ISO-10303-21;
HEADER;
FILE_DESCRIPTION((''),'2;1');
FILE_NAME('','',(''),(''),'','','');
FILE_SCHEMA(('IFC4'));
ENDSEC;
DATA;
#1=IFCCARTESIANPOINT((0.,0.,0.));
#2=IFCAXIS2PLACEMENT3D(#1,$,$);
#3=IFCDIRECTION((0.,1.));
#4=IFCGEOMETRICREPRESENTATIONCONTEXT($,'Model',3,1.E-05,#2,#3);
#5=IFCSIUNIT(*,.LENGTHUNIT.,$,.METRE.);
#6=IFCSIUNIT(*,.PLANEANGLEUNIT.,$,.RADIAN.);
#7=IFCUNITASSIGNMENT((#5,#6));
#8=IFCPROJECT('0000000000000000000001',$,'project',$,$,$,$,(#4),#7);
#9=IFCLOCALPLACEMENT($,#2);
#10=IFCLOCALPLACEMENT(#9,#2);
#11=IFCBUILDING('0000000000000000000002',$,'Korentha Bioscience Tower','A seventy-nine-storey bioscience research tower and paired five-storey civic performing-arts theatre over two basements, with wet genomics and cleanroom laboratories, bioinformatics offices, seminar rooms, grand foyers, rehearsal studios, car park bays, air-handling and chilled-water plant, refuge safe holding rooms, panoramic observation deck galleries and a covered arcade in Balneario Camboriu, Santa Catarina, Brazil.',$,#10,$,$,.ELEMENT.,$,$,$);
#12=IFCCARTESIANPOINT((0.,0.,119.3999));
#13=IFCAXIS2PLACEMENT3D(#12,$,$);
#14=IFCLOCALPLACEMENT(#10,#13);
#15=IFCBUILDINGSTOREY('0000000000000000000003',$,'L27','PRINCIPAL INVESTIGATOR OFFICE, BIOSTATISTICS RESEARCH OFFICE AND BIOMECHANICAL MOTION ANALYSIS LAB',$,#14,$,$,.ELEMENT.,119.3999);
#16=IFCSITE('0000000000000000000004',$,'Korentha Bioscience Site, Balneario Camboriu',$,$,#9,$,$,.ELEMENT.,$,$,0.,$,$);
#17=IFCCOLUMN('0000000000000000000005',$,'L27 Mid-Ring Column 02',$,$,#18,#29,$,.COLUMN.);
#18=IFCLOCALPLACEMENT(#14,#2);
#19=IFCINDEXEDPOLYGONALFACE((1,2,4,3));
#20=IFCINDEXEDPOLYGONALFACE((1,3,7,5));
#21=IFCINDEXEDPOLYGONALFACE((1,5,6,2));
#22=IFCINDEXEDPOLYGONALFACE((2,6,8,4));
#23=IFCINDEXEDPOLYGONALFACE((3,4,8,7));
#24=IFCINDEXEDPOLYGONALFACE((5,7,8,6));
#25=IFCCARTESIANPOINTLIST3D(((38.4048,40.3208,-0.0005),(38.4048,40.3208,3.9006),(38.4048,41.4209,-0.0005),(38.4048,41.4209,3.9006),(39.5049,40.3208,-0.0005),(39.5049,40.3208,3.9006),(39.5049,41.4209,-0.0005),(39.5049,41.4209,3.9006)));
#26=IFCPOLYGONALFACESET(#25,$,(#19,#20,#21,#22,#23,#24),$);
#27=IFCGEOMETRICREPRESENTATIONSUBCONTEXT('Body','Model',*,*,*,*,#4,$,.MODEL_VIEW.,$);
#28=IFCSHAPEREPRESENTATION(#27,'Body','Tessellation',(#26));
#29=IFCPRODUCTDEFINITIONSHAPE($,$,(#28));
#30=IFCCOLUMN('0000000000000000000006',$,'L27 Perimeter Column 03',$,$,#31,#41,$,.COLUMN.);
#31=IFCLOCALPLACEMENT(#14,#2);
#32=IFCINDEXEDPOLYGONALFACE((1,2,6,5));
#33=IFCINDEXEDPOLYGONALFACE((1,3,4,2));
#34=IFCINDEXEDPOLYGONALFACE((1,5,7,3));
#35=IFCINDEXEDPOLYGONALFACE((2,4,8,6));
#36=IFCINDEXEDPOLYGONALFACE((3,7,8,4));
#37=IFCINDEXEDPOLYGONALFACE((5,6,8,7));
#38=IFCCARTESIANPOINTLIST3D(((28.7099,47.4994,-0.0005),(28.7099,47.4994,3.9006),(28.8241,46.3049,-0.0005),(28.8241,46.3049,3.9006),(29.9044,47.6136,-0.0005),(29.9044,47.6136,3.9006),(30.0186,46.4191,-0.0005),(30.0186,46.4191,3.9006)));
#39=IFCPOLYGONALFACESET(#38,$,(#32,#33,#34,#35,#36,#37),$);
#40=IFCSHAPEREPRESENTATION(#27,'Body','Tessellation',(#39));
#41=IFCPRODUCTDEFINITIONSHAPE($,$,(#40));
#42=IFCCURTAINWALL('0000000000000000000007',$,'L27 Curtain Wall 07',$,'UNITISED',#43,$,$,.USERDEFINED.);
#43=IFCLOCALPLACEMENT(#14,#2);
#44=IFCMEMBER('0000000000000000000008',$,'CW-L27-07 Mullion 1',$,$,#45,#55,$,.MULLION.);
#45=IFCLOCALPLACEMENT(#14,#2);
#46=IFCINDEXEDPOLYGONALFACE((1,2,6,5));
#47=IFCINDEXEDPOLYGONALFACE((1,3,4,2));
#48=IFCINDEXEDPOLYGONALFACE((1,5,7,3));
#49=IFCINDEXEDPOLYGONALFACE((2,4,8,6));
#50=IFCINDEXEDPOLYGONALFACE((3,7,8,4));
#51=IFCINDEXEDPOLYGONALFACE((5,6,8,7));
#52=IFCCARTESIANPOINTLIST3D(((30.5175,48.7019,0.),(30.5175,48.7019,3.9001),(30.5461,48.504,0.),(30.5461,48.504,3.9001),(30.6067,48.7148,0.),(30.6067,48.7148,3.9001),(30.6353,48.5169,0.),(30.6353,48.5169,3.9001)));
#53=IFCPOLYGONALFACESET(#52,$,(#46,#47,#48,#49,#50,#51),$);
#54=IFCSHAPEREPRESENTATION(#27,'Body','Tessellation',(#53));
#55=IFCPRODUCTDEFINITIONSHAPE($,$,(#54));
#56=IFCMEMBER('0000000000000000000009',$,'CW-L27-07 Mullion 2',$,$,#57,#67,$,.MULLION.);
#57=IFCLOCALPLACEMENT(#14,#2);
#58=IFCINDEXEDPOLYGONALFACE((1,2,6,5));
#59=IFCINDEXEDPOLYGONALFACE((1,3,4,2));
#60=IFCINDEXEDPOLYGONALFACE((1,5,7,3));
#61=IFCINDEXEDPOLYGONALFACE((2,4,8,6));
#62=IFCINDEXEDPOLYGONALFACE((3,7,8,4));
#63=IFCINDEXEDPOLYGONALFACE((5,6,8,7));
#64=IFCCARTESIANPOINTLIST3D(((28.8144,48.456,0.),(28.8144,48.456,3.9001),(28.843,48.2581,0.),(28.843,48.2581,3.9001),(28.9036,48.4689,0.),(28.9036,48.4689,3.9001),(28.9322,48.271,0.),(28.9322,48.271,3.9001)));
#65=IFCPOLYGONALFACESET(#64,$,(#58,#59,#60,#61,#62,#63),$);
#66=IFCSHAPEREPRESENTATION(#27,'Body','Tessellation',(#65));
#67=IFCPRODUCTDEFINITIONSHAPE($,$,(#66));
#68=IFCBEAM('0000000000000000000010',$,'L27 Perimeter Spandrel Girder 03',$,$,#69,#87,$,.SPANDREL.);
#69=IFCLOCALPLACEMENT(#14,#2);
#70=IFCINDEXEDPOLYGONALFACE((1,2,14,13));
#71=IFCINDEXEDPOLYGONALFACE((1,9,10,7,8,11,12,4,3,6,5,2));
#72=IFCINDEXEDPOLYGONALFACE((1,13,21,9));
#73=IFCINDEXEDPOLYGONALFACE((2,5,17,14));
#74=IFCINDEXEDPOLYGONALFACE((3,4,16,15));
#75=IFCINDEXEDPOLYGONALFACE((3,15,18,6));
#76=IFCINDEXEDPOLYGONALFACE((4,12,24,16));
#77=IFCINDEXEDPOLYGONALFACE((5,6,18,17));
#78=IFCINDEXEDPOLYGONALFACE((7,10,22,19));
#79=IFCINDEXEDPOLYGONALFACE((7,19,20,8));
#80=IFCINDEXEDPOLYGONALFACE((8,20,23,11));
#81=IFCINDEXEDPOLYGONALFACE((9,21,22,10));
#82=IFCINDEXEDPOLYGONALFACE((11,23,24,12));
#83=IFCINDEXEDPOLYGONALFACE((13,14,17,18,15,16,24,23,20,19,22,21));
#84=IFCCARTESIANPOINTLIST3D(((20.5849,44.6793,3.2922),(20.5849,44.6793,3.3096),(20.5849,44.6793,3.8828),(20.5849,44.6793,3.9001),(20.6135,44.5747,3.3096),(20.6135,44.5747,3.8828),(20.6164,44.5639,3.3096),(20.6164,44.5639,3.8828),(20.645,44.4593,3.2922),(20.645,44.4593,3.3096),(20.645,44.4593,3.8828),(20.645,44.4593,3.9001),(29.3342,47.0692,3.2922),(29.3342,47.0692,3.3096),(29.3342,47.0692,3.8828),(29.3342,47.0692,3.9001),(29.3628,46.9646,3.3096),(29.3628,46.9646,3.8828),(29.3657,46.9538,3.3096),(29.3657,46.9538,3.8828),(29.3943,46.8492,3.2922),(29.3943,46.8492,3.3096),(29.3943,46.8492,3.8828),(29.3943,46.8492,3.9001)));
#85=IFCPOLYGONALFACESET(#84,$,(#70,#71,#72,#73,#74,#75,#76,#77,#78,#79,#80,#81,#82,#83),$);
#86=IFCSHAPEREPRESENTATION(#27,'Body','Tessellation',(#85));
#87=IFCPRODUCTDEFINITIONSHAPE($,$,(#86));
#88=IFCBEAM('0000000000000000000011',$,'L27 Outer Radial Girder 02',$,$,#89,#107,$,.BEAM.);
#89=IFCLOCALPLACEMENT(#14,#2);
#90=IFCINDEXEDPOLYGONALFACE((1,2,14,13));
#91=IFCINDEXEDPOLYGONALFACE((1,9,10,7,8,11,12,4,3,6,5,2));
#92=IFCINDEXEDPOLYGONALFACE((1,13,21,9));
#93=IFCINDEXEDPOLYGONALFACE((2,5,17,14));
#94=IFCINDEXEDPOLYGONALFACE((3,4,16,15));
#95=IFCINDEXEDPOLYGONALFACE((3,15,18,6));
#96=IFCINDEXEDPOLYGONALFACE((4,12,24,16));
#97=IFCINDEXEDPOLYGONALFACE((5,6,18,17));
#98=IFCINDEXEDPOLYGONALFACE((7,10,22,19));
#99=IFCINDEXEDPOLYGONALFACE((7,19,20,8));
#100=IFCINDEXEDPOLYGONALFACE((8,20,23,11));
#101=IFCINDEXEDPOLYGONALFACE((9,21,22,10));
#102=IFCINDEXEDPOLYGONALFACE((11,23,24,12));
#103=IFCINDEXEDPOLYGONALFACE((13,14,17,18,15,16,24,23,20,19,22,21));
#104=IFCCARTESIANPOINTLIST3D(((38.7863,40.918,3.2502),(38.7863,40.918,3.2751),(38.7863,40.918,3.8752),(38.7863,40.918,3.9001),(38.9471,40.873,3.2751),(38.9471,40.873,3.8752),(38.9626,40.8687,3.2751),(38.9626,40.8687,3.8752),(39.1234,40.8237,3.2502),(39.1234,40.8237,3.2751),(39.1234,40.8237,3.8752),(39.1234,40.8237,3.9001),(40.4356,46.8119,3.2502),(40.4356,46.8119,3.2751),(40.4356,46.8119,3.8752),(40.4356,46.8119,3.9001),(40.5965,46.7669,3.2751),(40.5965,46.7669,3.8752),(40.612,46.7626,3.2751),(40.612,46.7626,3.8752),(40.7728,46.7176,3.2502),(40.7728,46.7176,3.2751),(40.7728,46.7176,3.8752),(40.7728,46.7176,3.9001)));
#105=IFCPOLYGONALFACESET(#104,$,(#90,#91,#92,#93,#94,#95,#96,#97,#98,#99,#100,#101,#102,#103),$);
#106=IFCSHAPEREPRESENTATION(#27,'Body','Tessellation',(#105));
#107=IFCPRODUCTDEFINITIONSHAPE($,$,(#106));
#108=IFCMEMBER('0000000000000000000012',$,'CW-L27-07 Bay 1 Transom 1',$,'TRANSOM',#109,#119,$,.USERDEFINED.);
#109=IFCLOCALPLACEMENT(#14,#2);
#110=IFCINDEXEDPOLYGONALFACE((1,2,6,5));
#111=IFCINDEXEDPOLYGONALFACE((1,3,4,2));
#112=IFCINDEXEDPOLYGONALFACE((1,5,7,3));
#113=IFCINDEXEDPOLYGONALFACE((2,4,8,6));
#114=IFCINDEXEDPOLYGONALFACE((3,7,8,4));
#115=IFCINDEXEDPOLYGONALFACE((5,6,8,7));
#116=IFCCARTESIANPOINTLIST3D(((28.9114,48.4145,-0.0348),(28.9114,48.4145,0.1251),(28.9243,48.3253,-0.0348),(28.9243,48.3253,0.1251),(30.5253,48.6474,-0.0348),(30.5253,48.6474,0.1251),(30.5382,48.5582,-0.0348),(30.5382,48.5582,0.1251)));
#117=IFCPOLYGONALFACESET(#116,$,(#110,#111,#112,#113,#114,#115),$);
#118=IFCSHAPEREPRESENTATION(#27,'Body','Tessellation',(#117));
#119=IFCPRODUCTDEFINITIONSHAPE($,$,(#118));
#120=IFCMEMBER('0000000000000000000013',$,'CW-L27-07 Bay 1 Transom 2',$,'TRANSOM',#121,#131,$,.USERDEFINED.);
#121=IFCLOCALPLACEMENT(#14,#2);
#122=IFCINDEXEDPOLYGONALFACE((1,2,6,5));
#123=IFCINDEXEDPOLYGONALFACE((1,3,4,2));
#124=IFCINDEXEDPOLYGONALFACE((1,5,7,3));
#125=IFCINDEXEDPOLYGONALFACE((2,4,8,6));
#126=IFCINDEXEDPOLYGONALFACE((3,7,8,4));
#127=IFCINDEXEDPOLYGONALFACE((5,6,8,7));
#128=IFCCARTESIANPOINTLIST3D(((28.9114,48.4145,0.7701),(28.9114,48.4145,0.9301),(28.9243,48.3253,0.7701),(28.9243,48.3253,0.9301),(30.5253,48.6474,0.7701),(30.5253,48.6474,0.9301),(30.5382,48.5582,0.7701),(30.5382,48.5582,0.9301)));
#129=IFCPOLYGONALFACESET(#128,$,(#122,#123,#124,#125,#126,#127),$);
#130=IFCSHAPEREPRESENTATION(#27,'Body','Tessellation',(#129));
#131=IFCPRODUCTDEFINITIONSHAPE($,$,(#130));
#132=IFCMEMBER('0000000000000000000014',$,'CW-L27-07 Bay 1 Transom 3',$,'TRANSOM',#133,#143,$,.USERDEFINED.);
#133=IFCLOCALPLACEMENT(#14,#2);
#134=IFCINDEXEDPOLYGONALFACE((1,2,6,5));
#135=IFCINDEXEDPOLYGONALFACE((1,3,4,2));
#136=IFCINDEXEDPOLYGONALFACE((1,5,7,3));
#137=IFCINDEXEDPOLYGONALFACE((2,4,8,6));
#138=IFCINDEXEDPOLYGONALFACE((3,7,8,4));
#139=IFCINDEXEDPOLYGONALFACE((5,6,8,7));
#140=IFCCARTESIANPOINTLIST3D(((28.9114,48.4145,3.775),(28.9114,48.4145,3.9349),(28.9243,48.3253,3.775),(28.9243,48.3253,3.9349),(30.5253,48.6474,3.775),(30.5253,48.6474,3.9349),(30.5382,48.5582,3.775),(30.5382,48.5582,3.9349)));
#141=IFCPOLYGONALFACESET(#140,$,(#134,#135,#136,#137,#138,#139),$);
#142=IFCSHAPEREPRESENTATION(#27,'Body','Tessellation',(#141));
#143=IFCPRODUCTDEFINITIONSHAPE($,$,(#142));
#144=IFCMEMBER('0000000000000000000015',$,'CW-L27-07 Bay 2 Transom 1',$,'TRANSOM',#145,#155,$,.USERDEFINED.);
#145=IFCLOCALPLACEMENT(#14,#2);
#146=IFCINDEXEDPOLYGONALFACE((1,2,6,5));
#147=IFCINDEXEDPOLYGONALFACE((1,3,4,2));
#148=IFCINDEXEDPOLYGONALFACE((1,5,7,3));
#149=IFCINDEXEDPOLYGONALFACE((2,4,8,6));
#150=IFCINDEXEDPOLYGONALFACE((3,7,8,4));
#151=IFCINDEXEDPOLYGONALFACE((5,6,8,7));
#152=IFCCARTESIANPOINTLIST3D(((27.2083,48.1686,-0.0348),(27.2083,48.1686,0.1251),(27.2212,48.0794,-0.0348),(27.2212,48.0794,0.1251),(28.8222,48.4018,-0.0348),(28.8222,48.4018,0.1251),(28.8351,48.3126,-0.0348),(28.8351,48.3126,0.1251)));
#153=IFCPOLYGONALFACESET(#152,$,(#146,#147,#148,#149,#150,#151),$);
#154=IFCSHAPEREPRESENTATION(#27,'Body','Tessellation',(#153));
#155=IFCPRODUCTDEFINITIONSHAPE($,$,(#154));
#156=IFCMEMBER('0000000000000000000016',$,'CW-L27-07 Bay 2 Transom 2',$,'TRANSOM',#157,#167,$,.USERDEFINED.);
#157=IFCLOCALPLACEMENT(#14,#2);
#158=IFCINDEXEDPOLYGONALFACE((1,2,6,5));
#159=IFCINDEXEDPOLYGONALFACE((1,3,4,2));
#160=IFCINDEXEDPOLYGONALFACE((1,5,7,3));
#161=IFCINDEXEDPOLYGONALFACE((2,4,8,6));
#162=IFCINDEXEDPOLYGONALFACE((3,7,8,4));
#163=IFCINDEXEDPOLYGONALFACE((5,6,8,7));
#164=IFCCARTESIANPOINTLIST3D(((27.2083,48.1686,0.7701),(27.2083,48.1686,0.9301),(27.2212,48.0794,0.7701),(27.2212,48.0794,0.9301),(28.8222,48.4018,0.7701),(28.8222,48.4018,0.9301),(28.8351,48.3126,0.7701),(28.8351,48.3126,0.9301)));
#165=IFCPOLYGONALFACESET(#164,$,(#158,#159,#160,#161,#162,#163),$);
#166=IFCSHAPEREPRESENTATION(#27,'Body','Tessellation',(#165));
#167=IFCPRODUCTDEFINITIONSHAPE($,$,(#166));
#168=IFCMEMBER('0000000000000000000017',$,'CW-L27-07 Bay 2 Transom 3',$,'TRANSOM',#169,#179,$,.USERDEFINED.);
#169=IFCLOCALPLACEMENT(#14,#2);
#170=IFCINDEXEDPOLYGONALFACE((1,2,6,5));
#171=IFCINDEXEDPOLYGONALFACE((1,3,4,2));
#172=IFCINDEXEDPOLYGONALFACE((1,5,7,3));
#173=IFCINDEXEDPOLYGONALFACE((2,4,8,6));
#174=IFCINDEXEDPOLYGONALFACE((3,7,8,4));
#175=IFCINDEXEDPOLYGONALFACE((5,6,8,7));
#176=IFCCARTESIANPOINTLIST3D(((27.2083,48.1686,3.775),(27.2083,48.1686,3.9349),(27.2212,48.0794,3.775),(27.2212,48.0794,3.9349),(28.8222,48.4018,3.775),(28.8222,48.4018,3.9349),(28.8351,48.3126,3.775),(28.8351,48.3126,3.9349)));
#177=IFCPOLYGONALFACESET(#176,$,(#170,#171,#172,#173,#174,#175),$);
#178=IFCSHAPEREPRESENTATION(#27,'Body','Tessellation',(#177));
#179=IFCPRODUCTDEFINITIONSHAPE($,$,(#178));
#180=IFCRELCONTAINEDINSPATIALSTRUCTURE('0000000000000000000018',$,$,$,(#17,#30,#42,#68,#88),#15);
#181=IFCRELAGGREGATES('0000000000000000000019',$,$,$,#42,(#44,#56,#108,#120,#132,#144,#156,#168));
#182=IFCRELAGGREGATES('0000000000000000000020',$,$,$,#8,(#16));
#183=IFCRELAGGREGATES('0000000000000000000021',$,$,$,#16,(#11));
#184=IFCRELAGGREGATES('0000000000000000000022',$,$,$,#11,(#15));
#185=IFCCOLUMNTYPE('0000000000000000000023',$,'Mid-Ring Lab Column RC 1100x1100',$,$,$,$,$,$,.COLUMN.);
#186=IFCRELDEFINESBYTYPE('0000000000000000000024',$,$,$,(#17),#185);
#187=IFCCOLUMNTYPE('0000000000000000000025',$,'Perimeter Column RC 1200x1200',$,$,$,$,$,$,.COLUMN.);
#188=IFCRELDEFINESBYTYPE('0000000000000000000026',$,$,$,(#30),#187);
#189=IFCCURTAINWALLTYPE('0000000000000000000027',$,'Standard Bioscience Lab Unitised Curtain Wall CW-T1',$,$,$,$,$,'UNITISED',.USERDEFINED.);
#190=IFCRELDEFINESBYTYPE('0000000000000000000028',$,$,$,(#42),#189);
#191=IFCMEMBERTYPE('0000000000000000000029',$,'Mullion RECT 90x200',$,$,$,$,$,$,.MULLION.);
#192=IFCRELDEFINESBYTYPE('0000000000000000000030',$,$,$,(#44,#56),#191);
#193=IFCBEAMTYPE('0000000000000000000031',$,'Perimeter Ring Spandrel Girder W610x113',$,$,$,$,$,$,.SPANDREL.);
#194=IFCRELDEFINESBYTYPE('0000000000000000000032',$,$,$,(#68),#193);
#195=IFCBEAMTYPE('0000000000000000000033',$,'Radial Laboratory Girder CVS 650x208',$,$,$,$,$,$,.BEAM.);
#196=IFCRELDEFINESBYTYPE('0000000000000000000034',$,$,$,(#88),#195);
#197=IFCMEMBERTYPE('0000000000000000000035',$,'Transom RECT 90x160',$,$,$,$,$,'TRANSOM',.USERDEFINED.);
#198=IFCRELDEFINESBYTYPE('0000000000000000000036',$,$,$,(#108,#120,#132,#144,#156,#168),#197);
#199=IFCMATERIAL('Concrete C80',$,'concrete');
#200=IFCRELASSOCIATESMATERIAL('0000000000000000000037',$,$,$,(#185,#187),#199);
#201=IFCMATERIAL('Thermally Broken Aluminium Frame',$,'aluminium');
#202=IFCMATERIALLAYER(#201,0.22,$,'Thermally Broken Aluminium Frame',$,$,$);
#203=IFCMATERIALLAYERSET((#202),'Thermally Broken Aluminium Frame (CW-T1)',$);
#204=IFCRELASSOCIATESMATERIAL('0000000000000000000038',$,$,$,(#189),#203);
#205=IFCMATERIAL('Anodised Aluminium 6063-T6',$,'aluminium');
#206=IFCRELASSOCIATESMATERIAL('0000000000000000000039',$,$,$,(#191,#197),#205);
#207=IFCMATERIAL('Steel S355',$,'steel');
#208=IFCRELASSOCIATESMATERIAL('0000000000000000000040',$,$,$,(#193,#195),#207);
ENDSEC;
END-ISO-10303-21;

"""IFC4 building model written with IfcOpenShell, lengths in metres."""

from ifc_helpers import new_model, si_unit, direction, frame, origin, origin_2d, place, context, subcontext, project, spatial, rectangle, i_section, extrude, material, layer, layer_set, material_profile, profile_set, type_object, element, aggregate, save


model = new_model("IFC4")

# Units and contexts
model_context = context("Model", 3, precision=1e-05, world=origin(), true_north=direction((0.0, 1.0)))
body_context = subcontext(model_context, "Body", "Model", "MODEL_VIEW")
ifc_project = project(units=[si_unit("LENGTHUNIT", "METRE"), si_unit("PLANEANGLEUNIT", "RADIAN")], contexts=[model_context])

# Site, building, storey
site_placement = place(None, origin())
site = spatial("IfcSite", under=ifc_project, at=site_placement, Name="Korentha Bioscience Site, Balneario Camboriu", CompositionType="ELEMENT", RefElevation=0.0)
building_placement = place(site_placement, origin())
building = spatial("IfcBuilding", under=site, at=building_placement, Name="Korentha Bioscience Tower", Description="A seventy-nine-storey bioscience research tower and paired five-storey civic performing-arts theatre over two basements, with wet genomics and cleanroom laboratories, bioinformatics offices, seminar rooms, grand foyers, rehearsal studios, car park bays, air-handling and chilled-water plant, refuge safe holding rooms, panoramic observation deck galleries and a covered arcade in Balneario Camboriu, Santa Catarina, Brazil.", CompositionType="ELEMENT")
storey_placement = place(building_placement, frame((0.0, 0.0, 119.3999)))
storey = spatial("IfcBuildingStorey", under=building, at=storey_placement, Name="L27", Description="PRINCIPAL INVESTIGATOR OFFICE, BIOSTATISTICS RESEARCH OFFICE AND BIOMECHANICAL MOTION ANALYSIS LAB", CompositionType="ELEMENT", Elevation=119.3999)

# Columns
ifc_material_1 = material(Name="Concrete C80", Category="concrete")
ifc_material_profile_1 = material_profile(ifc_material_1, rectangle(XDim=1.1001, YDim=1.1001, at=origin_2d()), Name="Concrete C80")
ifc_profile_set_1 = profile_set([ifc_material_profile_1], Name="Concrete C80 (COL-MR11)")
column_type_1 = type_object("IfcColumnType", Name="Mid-Ring Lab Column RC 1100x1100", PredefinedType="COLUMN", material=ifc_profile_set_1)
column_1_placement = place(storey_placement, frame((38.9548, 40.8708, -0.0005), z_axis=(0.0, 0.0, 1.0), x_axis=(1.0, 0.0, 0.0)))
element("IfcColumn", 1, at=column_1_placement, inside=storey, type_object=column_type_1, Name="L27 Mid-Ring Column 02", PredefinedType="COLUMN", context=body_context, shape_type="SweptSolid", body=[
    extrude(rectangle(XDim=1.1001, YDim=1.1001, at=origin_2d()), origin(), (0.0, 0.0, 1.0), 3.9011),
])
ifc_material_profile_2 = material_profile(ifc_material_1, rectangle(XDim=1.2, YDim=1.2, at=origin_2d()), Name="Concrete C80")
ifc_profile_set_2 = profile_set([ifc_material_profile_2], Name="Concrete C80 (COL-P12)")
column_type_2 = type_object("IfcColumnType", Name="Perimeter Column RC 1200x1200", PredefinedType="COLUMN", material=ifc_profile_set_2)
column_2_placement = place(storey_placement, frame((29.3643, 46.9592, -0.0005), z_axis=(0.0, 0.0, 1.0), x_axis=(0.995463, 0.095151, 0.0)))
element("IfcColumn", 2, at=column_2_placement, inside=storey, type_object=column_type_2, Name="L27 Perimeter Column 03", PredefinedType="COLUMN", context=body_context, shape_type="SweptSolid", body=[
    extrude(rectangle(XDim=1.2, YDim=1.2, at=origin_2d()), origin(), (0.0, 0.0, 1.0), 3.9011),
])

# Curtain wall, members
ifc_material_2 = material(Name="Thermally Broken Aluminium Frame", Category="aluminium")
ifc_layer_1 = layer(ifc_material_2, 0.22, Name="Thermally Broken Aluminium Frame")
ifc_layer_set_1 = layer_set([ifc_layer_1], Name="Thermally Broken Aluminium Frame (CW-T1)")
curtain_wall_type = type_object("IfcCurtainWallType", Name="Standard Bioscience Lab Unitised Curtain Wall CW-T1", ElementType="UNITISED", PredefinedType="USERDEFINED", material=ifc_layer_set_1)
curtain_wall_placement = place(storey_placement, origin())
curtain_wall = element("IfcCurtainWall", 3, at=curtain_wall_placement, inside=storey, type_object=curtain_wall_type, Name="L27 Curtain Wall 07", ObjectType="UNITISED", PredefinedType="USERDEFINED")
ifc_material_3 = material(Name="Anodised Aluminium 6063-T6", Category="aluminium")
ifc_material_profile_3 = material_profile(ifc_material_3, rectangle(XDim=0.0901, YDim=0.2, at=origin_2d()), Name="Anodised Aluminium 6063-T6")
ifc_profile_set_3 = profile_set([ifc_material_profile_3], Name="Anodised Aluminium 6063-T6 (CW-MUL)")
member_type_1 = type_object("IfcMemberType", Name="Mullion RECT 90x200", PredefinedType="MULLION", material=ifc_profile_set_3)
member_1_placement = place(storey_placement, frame((30.5764, 48.6094, 0.0), z_axis=(0.0, 0.0, 1.0), x_axis=(-0.989738, -0.142892, 0.0)))
member_1 = element("IfcMember", 4, at=member_1_placement, type_object=member_type_1, Name="CW-L27-07 Mullion 1", PredefinedType="MULLION", context=body_context, shape_type="SweptSolid", body=[
    extrude(rectangle(XDim=0.0901, YDim=0.2, at=origin_2d()), origin(), (0.0, 0.0, 1.0), 3.9001),
])
member_2_placement = place(storey_placement, frame((28.8733, 48.3635, 0.0), z_axis=(0.0, 0.0, 1.0), x_axis=(-0.989738, -0.142892, 0.0)))
member_2 = element("IfcMember", 5, at=member_2_placement, type_object=member_type_1, Name="CW-L27-07 Mullion 2", PredefinedType="MULLION", context=body_context, shape_type="SweptSolid", body=[
    extrude(rectangle(XDim=0.0901, YDim=0.2, at=origin_2d()), origin(), (0.0, 0.0, 1.0), 3.9001),
])

# Beams
ifc_material_4 = material(Name="Steel S355", Category="steel")
ifc_material_profile_4 = material_profile(ifc_material_4, i_section(OverallWidth=0.228, OverallDepth=0.6079, WebThickness=0.0112, FlangeThickness=0.0173, at=origin_2d()), Name="Steel S355")
ifc_profile_set_4 = profile_set([ifc_material_profile_4], Name="Steel S355 (SB-610)")
beam_type_1 = type_object("IfcBeamType", Name="Perimeter Ring Spandrel Girder W610x113", PredefinedType="SPANDREL", material=ifc_profile_set_4)
beam_1_placement = place(storey_placement, frame((29.3643, 46.9592, 3.5962), z_axis=(-0.964659, -0.2635, 0.0), x_axis=(0.2635, -0.964659, 0.0)))
element("IfcBeam", 6, at=beam_1_placement, inside=storey, type_object=beam_type_1, Name="L27 Perimeter Spandrel Girder 03", PredefinedType="SPANDREL", context=body_context, shape_type="SweptSolid", body=[
    extrude(i_section(OverallWidth=0.228, OverallDepth=0.6079, WebThickness=0.0112, FlangeThickness=0.0173, at=origin_2d()), origin(), (0.0, 0.0, 1.0), 9.0698),
])
ifc_material_profile_5 = material_profile(ifc_material_4, i_section(OverallWidth=0.3501, OverallDepth=0.6499, WebThickness=0.0161, FlangeThickness=0.0249, at=origin_2d()), Name="Steel S355")
ifc_profile_set_5 = profile_set([ifc_material_profile_5], Name="Steel S355 (RB-650)")
beam_type_2 = type_object("IfcBeamType", Name="Radial Laboratory Girder CVS 650x208", PredefinedType="BEAM", material=ifc_profile_set_5)
beam_2_placement = place(storey_placement, frame((38.9548, 40.8708, 3.5752), z_axis=(0.269491, 0.963003, 0.0), x_axis=(-0.963003, 0.269491, 0.0)))
element("IfcBeam", 7, at=beam_2_placement, inside=storey, type_object=beam_type_2, Name="L27 Outer Radial Girder 02", PredefinedType="BEAM", context=body_context, shape_type="SweptSolid", body=[
    extrude(i_section(OverallWidth=0.3501, OverallDepth=0.6499, WebThickness=0.0161, FlangeThickness=0.0249, at=origin_2d()), origin(), (0.0, 0.0, 1.0), 6.1204),
])

# Members
ifc_material_profile_6 = material_profile(ifc_material_3, rectangle(XDim=0.0901, YDim=0.1599, at=origin_2d()), Name="Anodised Aluminium 6063-T6")
ifc_profile_set_6 = profile_set([ifc_material_profile_6], Name="Anodised Aluminium 6063-T6 (CW-TRN)")
member_type_2 = type_object("IfcMemberType", Name="Transom RECT 90x160", ElementType="TRANSOM", PredefinedType="USERDEFINED", material=ifc_profile_set_6)
member_3_placement = place(storey_placement, frame((30.5317, 48.6028, 0.0452), z_axis=(-0.989748, -0.142826, 0.0), x_axis=(0.142826, -0.989748, 0.0)))
member_3 = element("IfcMember", 8, at=member_3_placement, type_object=member_type_2, Name="CW-L27-07 Bay 1 Transom 1", ObjectType="TRANSOM", PredefinedType="USERDEFINED", context=body_context, shape_type="SweptSolid", body=[
    extrude(rectangle(XDim=0.0901, YDim=0.1599, at=origin_2d()), origin(), (0.0, 0.0, 1.0), 1.6306),
])
member_4_placement = place(storey_placement, frame((30.5317, 48.6028, 0.8501), z_axis=(-0.989748, -0.142826, 0.0), x_axis=(0.142826, -0.989748, 0.0)))
member_4 = element("IfcMember", 9, at=member_4_placement, type_object=member_type_2, Name="CW-L27-07 Bay 1 Transom 2", ObjectType="TRANSOM", PredefinedType="USERDEFINED", context=body_context, shape_type="SweptSolid", body=[
    extrude(rectangle(XDim=0.0901, YDim=0.1599, at=origin_2d()), origin(), (0.0, 0.0, 1.0), 1.6306),
])
member_5_placement = place(storey_placement, frame((30.5317, 48.6028, 3.855), z_axis=(-0.989748, -0.142826, 0.0), x_axis=(0.142826, -0.989748, 0.0)))
member_5 = element("IfcMember", 10, at=member_5_placement, type_object=member_type_2, Name="CW-L27-07 Bay 1 Transom 3", ObjectType="TRANSOM", PredefinedType="USERDEFINED", context=body_context, shape_type="SweptSolid", body=[
    extrude(rectangle(XDim=0.0901, YDim=0.1599, at=origin_2d()), origin(), (0.0, 0.0, 1.0), 1.6306),
])
member_6_placement = place(storey_placement, frame((28.8286, 48.3572, 0.0452), z_axis=(-0.989724, -0.142993, 0.0), x_axis=(0.142993, -0.989724, 0.0)))
member_6 = element("IfcMember", 11, at=member_6_placement, type_object=member_type_2, Name="CW-L27-07 Bay 2 Transom 1", ObjectType="TRANSOM", PredefinedType="USERDEFINED", context=body_context, shape_type="SweptSolid", body=[
    extrude(rectangle(XDim=0.0901, YDim=0.1599, at=origin_2d()), origin(), (0.0, 0.0, 1.0), 1.6306),
])
member_7_placement = place(storey_placement, frame((28.8286, 48.3572, 0.8501), z_axis=(-0.989724, -0.142993, 0.0), x_axis=(0.142993, -0.989724, 0.0)))
member_7 = element("IfcMember", 12, at=member_7_placement, type_object=member_type_2, Name="CW-L27-07 Bay 2 Transom 2", ObjectType="TRANSOM", PredefinedType="USERDEFINED", context=body_context, shape_type="SweptSolid", body=[
    extrude(rectangle(XDim=0.0901, YDim=0.1599, at=origin_2d()), origin(), (0.0, 0.0, 1.0), 1.6306),
])
member_8_placement = place(storey_placement, frame((28.8286, 48.3572, 3.855), z_axis=(-0.989724, -0.142993, 0.0), x_axis=(0.142993, -0.989724, 0.0)))
member_8 = element("IfcMember", 13, at=member_8_placement, type_object=member_type_2, Name="CW-L27-07 Bay 2 Transom 3", ObjectType="TRANSOM", PredefinedType="USERDEFINED", context=body_context, shape_type="SweptSolid", body=[
    extrude(rectangle(XDim=0.0901, YDim=0.1599, at=origin_2d()), origin(), (0.0, 0.0, 1.0), 1.6306),
])

aggregate(curtain_wall, [member_1, member_2, member_3, member_4, member_5, member_6, member_7, member_8])

save(model, "model.ifc")
